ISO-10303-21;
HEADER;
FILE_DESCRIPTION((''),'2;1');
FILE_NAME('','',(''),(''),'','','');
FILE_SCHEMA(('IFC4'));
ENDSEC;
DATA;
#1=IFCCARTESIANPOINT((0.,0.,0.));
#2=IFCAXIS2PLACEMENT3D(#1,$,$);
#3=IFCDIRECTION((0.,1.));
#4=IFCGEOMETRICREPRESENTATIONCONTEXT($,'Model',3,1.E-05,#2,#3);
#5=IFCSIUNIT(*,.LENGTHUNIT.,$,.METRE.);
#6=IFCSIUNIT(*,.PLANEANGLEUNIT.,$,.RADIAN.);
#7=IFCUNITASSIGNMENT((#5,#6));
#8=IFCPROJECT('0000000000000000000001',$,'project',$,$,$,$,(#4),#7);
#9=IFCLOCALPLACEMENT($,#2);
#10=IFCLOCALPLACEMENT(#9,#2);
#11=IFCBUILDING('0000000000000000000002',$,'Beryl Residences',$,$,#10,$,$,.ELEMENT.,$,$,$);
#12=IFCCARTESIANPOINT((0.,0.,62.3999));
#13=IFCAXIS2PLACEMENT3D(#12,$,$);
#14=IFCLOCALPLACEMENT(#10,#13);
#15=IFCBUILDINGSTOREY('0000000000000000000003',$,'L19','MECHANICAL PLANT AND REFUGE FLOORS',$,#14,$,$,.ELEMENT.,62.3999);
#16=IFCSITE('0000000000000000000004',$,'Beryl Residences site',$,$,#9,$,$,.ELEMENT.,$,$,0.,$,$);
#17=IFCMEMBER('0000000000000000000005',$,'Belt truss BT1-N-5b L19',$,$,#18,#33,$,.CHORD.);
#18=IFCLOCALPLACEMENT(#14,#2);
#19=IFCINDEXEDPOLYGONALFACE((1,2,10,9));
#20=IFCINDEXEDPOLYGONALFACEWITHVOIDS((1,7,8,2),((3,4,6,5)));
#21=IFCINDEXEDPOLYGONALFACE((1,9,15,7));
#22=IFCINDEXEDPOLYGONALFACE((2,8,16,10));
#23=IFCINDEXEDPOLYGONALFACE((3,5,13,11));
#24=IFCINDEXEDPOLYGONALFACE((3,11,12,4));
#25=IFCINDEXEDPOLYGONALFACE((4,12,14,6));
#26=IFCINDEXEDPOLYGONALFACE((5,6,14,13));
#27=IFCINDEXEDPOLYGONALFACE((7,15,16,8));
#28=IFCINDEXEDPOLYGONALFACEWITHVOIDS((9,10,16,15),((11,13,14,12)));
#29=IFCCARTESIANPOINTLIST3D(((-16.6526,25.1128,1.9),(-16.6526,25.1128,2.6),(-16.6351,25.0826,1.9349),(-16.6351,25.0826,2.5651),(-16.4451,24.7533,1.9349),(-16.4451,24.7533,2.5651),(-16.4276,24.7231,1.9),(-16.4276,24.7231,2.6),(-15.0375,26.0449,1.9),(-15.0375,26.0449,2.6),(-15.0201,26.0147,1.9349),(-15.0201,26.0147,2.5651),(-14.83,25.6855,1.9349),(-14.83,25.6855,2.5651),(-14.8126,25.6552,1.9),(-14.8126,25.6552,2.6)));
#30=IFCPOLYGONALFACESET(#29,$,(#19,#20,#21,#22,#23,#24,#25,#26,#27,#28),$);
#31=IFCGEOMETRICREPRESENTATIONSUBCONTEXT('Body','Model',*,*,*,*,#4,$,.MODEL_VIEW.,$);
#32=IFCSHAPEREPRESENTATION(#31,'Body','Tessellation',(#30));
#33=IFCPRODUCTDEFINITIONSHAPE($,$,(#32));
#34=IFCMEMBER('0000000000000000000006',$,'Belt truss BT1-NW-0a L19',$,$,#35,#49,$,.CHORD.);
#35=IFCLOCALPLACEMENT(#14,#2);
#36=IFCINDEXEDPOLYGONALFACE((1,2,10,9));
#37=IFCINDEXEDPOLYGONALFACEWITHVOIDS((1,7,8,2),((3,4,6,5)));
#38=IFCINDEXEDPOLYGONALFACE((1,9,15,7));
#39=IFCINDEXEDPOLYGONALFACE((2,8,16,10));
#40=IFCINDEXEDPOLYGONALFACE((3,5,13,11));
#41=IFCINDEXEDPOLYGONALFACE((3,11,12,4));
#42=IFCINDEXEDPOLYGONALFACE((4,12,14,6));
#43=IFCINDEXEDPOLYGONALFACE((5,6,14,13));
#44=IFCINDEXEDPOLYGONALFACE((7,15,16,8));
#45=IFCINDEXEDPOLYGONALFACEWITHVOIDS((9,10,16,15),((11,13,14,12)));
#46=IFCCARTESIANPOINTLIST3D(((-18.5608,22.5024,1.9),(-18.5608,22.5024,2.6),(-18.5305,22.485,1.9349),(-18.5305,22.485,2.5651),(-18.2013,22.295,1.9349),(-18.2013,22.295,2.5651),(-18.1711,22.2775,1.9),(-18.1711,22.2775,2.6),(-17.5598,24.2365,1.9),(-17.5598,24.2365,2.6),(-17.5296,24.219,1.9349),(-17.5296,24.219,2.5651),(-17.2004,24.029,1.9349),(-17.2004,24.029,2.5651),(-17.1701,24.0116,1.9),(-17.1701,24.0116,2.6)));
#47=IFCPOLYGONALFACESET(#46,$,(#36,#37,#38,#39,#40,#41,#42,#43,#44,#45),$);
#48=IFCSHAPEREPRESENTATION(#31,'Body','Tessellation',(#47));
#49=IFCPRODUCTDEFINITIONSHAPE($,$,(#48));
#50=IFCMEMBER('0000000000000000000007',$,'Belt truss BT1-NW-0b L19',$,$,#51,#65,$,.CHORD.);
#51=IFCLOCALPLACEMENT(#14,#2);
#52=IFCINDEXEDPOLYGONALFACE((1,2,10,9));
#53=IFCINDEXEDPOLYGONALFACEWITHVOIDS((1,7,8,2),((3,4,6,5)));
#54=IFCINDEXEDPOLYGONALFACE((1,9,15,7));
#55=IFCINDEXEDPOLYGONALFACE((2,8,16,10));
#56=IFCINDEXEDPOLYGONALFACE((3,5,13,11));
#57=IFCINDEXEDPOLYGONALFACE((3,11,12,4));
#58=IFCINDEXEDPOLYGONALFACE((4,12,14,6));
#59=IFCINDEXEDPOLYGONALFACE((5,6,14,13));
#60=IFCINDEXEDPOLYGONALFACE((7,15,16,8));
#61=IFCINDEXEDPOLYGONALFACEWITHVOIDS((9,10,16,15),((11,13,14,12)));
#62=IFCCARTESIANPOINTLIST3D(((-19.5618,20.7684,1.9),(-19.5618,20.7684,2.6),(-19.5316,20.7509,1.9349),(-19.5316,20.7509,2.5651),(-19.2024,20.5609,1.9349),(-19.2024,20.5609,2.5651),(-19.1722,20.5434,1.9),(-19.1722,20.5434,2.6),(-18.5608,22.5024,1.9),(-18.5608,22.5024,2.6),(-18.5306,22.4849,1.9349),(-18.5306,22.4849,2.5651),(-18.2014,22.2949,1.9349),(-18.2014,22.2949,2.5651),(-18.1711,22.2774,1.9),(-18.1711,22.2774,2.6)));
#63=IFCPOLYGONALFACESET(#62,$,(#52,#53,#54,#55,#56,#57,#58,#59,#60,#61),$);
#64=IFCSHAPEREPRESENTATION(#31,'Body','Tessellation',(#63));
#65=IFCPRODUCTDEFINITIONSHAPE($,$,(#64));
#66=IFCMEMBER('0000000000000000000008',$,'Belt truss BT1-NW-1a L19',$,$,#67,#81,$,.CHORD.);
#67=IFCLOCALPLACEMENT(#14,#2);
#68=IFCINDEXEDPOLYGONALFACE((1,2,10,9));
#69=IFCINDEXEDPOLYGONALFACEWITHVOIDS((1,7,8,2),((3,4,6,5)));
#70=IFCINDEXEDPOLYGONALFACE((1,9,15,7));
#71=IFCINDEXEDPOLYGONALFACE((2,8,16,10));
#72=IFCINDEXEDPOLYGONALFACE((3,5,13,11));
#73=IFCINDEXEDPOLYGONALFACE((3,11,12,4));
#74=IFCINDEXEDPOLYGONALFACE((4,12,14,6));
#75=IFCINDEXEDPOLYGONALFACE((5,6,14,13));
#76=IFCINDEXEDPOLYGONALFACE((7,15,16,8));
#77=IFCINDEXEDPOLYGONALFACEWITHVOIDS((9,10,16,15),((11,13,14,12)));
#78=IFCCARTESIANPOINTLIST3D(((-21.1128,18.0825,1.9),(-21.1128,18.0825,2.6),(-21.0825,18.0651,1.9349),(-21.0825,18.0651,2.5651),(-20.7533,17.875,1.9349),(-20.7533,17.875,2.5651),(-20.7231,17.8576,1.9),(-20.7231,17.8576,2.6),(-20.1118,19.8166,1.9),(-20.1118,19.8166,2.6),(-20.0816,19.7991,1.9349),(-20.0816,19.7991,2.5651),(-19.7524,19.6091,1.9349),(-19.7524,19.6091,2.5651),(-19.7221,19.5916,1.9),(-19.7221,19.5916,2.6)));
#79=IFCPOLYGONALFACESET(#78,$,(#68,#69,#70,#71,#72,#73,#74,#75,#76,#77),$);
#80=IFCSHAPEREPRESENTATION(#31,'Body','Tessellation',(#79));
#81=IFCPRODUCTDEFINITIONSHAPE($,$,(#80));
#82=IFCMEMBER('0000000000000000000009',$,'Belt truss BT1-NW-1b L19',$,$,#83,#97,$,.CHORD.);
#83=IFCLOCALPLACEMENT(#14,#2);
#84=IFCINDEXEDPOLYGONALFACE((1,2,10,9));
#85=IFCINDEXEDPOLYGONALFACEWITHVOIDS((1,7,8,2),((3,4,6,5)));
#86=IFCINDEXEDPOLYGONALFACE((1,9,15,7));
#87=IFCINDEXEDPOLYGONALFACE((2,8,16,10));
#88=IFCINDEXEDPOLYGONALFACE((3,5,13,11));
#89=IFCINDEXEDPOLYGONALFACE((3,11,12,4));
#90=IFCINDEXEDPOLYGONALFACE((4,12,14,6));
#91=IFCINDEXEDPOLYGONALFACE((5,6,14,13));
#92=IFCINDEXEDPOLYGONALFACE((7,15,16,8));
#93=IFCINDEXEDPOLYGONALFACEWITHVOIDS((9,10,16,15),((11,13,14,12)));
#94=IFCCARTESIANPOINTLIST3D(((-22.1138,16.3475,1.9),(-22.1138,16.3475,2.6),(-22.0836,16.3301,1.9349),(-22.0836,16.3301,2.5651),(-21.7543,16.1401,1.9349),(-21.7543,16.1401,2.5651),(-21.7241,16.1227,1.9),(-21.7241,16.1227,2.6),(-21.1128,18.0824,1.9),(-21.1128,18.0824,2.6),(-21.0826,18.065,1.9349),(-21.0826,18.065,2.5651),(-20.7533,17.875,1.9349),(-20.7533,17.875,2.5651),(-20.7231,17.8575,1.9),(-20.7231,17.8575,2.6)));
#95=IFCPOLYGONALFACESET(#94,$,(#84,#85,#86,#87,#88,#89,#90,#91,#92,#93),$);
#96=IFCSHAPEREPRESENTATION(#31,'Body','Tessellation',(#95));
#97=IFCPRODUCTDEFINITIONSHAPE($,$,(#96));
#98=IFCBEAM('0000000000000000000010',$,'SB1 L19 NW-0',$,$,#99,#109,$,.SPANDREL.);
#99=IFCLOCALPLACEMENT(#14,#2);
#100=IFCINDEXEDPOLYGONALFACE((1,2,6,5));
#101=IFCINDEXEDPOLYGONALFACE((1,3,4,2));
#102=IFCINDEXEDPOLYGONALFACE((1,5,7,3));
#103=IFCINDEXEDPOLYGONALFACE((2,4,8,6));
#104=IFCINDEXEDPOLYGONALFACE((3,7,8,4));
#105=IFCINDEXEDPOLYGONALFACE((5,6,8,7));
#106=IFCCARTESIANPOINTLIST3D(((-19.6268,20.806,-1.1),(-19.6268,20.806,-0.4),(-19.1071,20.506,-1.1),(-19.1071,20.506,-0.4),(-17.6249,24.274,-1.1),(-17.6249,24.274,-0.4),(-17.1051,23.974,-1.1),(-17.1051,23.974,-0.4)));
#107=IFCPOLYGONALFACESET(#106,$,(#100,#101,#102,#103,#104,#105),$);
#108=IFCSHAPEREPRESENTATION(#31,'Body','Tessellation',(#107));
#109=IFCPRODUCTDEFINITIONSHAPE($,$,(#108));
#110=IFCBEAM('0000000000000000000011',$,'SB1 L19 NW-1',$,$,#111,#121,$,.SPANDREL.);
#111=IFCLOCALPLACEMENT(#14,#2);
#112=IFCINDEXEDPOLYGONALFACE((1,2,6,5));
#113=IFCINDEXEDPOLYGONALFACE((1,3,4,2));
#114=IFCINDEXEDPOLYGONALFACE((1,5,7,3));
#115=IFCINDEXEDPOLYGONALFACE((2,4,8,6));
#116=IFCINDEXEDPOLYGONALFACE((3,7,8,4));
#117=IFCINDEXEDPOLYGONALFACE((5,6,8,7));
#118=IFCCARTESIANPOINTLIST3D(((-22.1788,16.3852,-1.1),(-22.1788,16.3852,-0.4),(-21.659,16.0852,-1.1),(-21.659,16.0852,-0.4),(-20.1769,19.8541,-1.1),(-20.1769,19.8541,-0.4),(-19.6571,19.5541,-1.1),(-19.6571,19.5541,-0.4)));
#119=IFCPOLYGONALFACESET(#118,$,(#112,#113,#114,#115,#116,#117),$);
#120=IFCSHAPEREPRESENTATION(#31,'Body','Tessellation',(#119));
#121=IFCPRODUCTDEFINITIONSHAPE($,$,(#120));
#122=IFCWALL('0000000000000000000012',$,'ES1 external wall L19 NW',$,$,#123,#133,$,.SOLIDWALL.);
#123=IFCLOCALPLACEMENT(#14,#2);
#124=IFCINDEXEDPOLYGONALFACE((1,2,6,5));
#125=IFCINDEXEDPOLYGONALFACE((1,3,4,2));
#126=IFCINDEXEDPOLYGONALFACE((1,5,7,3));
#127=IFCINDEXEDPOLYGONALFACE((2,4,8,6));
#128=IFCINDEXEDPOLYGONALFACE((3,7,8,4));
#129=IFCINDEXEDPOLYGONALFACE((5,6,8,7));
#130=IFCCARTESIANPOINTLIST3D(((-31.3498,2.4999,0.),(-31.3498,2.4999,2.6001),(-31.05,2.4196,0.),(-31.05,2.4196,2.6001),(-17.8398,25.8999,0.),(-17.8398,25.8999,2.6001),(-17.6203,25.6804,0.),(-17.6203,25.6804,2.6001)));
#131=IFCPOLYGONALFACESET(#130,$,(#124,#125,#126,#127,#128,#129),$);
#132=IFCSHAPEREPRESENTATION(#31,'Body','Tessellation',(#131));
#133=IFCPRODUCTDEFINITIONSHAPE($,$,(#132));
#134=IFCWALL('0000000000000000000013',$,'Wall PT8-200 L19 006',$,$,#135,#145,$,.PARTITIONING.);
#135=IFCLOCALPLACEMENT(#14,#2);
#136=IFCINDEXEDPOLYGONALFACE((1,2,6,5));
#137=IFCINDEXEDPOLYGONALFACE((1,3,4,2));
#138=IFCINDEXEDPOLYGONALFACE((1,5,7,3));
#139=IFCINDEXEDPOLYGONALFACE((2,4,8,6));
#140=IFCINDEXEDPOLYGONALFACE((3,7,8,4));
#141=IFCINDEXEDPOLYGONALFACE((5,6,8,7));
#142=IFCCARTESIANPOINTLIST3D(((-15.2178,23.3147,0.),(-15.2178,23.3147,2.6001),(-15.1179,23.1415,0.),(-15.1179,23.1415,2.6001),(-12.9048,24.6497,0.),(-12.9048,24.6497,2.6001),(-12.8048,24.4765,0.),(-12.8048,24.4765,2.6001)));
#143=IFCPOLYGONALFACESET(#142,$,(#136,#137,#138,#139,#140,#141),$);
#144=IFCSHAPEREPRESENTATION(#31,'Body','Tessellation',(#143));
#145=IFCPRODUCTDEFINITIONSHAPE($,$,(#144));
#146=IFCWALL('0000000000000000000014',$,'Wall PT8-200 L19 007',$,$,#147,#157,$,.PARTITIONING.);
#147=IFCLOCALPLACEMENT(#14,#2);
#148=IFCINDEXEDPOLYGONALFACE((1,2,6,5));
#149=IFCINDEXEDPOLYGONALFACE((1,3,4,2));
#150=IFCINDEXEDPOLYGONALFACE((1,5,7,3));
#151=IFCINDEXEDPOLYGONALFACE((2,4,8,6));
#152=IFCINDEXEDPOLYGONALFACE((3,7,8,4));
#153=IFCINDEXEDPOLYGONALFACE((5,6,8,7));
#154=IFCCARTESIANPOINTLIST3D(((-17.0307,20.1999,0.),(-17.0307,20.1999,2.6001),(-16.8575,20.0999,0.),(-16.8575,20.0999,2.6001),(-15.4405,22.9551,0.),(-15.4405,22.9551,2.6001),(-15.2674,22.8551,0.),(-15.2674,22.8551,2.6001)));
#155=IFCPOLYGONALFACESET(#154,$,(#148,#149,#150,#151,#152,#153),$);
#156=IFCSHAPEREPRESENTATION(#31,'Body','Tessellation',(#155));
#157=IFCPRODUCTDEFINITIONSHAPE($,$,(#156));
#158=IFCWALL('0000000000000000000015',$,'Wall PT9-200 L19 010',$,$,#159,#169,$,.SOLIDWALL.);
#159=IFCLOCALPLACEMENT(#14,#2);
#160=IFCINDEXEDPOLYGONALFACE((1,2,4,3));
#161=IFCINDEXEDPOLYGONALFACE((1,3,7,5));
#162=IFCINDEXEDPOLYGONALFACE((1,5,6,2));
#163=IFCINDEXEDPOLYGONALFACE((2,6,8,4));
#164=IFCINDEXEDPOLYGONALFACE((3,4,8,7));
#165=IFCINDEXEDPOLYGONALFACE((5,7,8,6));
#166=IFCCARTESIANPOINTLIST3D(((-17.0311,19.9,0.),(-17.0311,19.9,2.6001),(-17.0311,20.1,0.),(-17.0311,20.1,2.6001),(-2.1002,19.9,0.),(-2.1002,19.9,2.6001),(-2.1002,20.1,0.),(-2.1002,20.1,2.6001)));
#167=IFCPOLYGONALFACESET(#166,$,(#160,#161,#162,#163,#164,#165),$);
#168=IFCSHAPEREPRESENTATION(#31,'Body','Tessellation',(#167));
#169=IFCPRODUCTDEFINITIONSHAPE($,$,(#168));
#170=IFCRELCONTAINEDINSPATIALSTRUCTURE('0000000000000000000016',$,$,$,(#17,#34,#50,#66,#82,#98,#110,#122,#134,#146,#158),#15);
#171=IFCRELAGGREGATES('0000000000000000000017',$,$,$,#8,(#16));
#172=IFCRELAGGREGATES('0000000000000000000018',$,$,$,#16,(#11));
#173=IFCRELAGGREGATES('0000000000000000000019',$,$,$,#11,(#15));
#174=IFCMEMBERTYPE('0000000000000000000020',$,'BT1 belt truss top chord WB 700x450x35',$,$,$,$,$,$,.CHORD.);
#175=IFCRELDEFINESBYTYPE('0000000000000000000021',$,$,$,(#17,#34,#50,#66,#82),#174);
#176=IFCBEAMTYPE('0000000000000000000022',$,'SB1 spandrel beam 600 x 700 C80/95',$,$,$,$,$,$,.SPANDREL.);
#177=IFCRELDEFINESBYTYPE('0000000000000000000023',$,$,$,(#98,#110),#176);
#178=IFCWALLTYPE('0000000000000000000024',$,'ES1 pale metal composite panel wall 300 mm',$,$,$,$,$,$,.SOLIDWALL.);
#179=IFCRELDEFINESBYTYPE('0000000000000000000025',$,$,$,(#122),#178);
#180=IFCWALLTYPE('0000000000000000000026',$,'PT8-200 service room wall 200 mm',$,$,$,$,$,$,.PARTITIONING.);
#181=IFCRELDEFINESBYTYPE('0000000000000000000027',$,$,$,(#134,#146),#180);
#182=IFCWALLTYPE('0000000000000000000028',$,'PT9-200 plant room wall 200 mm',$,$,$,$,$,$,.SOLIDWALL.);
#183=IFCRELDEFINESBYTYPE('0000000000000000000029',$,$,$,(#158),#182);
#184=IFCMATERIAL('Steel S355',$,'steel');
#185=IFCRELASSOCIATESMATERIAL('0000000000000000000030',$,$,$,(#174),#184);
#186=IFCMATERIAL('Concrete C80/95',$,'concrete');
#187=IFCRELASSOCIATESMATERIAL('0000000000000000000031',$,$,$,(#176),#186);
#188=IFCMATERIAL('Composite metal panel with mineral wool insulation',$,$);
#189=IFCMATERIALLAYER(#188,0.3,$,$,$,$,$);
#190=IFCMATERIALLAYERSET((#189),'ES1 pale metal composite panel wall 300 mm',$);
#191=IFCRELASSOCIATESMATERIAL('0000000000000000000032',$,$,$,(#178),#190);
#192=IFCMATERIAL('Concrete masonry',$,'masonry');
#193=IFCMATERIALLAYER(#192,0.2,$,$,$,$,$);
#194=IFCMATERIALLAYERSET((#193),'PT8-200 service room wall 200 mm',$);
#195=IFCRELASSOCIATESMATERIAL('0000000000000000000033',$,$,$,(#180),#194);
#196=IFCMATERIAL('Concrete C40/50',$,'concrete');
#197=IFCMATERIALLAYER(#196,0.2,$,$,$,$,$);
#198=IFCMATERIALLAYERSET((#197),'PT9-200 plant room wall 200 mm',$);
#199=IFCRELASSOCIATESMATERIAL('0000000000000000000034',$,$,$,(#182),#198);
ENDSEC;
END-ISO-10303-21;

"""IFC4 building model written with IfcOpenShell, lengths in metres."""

from ifc_helpers import new_model, si_unit, direction, frame, frame_2d, origin, origin_2d, place, context, subcontext, project, spatial, polyline, rectangle, hollow_rectangle, outline, extrude, material, layer, layer_set, material_profile, profile_set, type_object, element, save


model = new_model("IFC4")

# Units and contexts
model_context = context("Model", 3, precision=1e-05, world=origin(), true_north=direction((0.0, 1.0)))
body_context = subcontext(model_context, "Body", "Model", "MODEL_VIEW")
ifc_project = project(units=[si_unit("LENGTHUNIT", "METRE"), si_unit("PLANEANGLEUNIT", "RADIAN")], contexts=[model_context])

# Site, building, storey
site_placement = place(None, origin())
site = spatial("IfcSite", under=ifc_project, at=site_placement, Name="Beryl Residences site", CompositionType="ELEMENT", RefElevation=0.0)
building_placement = place(site_placement, origin())
building = spatial("IfcBuilding", under=site, at=building_placement, Name="Beryl Residences", CompositionType="ELEMENT")
storey_placement = place(building_placement, frame((0.0, 0.0, 62.3999)))
storey = spatial("IfcBuildingStorey", under=building, at=storey_placement, Name="L19", Description="MECHANICAL PLANT AND REFUGE FLOORS", CompositionType="ELEMENT", Elevation=62.3999)

# Members
ifc_material_1 = material(Name="Steel S355", Category="steel")
ifc_material_profile_1 = material_profile(ifc_material_1, hollow_rectangle(XDim=0.45, YDim=0.7, WallThickness=0.0349, at=origin_2d()))
ifc_profile_set_1 = profile_set([ifc_material_profile_1], Name="Steel S355")
member_type_1 = type_object("IfcMemberType", Name="BT1 belt truss top chord WB 700x450x35", PredefinedType="CHORD", material=ifc_profile_set_1)
member_1_placement = place(storey_placement, frame((-14.925, 25.8501, 2.25), z_axis=(-0.866092, -0.499885, 0.0), x_axis=(0.499885, -0.866092, 0.0)))
element("IfcMember", 1, at=member_1_placement, inside=storey, type_object=member_type_1, Name="Belt truss BT1-N-5b L19", PredefinedType="CHORD", context=body_context, shape_type="SweptSolid", body=[
    extrude(hollow_rectangle(XDim=0.45, YDim=0.7, WallThickness=0.0349, at=origin_2d()), origin(), (0.0, 0.0, 1.0), 1.8647),
])
for number, where, z_axis, x_axis, name in (
    (2, (-17.365, 24.124, 2.25), (-0.499916, -0.866074, 0.0), (0.866074, -0.499916, 0.0), "Belt truss BT1-NW-0a L19"),
    (3, (-18.366, 22.3899, 2.25), (-0.499969, -0.866043, 0.0), (0.866043, -0.499969, 0.0), "Belt truss BT1-NW-0b L19"),
    (4, (-19.917, 19.7041, 2.25), (-0.499916, -0.866074, 0.0), (0.866074, -0.499916, 0.0), "Belt truss BT1-NW-1a L19"),
):
    element("IfcMember", number, at=place(storey_placement, frame(where, z_axis=z_axis, x_axis=x_axis)), inside=storey, type_object=member_type_1, Name=name, PredefinedType="CHORD", context=body_context, shape_type="SweptSolid", body=[
        extrude(hollow_rectangle(XDim=0.45, YDim=0.7, WallThickness=0.0349, at=origin_2d()), origin(), (0.0, 0.0, 1.0), 2.0022),
    ])
member_2_placement = place(storey_placement, frame((-20.918, 17.97, 2.25), z_axis=(-0.499758, -0.866165, 0.0), x_axis=(0.866165, -0.499758, 0.0)))
element("IfcMember", 5, at=member_2_placement, inside=storey, type_object=member_type_1, Name="Belt truss BT1-NW-1b L19", PredefinedType="CHORD", context=body_context, shape_type="SweptSolid", body=[
    extrude(hollow_rectangle(XDim=0.45, YDim=0.7, WallThickness=0.0349, at=origin_2d()), origin(), (0.0, 0.0, 1.0), 2.0029),
])

# Beams
ifc_material_2 = material(Name="Concrete C80/95", Category="concrete")
ifc_material_profile_2 = material_profile(ifc_material_2, rectangle(XDim=0.6001, YDim=0.7, at=origin_2d()))
ifc_profile_set_2 = profile_set([ifc_material_profile_2], Name="Concrete C80/95")
beam_type = type_object("IfcBeamType", Name="SB1 spandrel beam 600 x 700 C80/95", PredefinedType="SPANDREL", material=ifc_profile_set_2)
beam_1_placement = place(storey_placement, frame((-17.365, 24.124, -0.75), z_axis=(-0.499942, -0.866059, 0.0), x_axis=(0.866059, -0.499942, 0.0)))
element("IfcBeam", 6, at=beam_1_placement, inside=storey, type_object=beam_type, Name="SB1 L19 NW-0", PredefinedType="SPANDREL", context=body_context, shape_type="SweptSolid", body=[
    extrude(rectangle(XDim=0.6001, YDim=0.7, at=origin_2d()), origin(), (0.0, 0.0, 1.0), 4.0044),
])
beam_2_placement = place(storey_placement, frame((-19.917, 19.7041, -0.75), z_axis=(-0.499837, -0.86612, 0.0), x_axis=(0.86612, -0.499837, 0.0)))
element("IfcBeam", 7, at=beam_2_placement, inside=storey, type_object=beam_type, Name="SB1 L19 NW-1", PredefinedType="SPANDREL", context=body_context, shape_type="SweptSolid", body=[
    extrude(rectangle(XDim=0.6001, YDim=0.7, at=origin_2d()), origin(), (0.0, 0.0, 1.0), 4.0051),
])

# Walls
ifc_material_3 = material(Name="Composite metal panel with mineral wool insulation")
ifc_layer_1 = layer(ifc_material_3, 0.3)
ifc_layer_set_1 = layer_set([ifc_layer_1], Name="ES1 pale metal composite panel wall 300 mm")
wall_type_1 = type_object("IfcWallType", Name="ES1 pale metal composite panel wall 300 mm", PredefinedType="SOLIDWALL", material=ifc_layer_set_1)
wall_1_placement = place(storey_placement, frame((-17.71, 25.825, 0.0), z_axis=(0.0, 0.0, 1.0), x_axis=(-0.500002, -0.866024, 0.0)))
element("IfcWall", 8, at=wall_1_placement, inside=storey, type_object=wall_type_1, Name="ES1 external wall L19 NW", PredefinedType="SOLIDWALL", context=body_context, shape_type="SweptSolid", body=[
    extrude(outline(polyline([(0.0, -0.1499), (27.02, -0.1499), (26.9397, 0.1499), (0.0803, 0.1499), (0.0, -0.1499)])), origin(), (0.0, 0.0, 1.0), 2.6001),
])
ifc_material_4 = material(Name="Concrete masonry", Category="masonry")
ifc_layer_2 = layer(ifc_material_4, 0.2)
ifc_layer_set_2 = layer_set([ifc_layer_2], Name="PT8-200 service room wall 200 mm")
wall_type_2 = type_object("IfcWallType", Name="PT8-200 service room wall 200 mm", PredefinedType="PARTITIONING", material=ifc_layer_set_2)
wall_2_placement = place(storey_placement, frame((-15.168, 23.228, 0.0), z_axis=(0.0, 0.0, 1.0), x_axis=(0.866097, 0.499875, 0.0)))
element("IfcWall", 9, at=wall_2_placement, inside=storey, type_object=wall_type_2, Name="Wall PT8-200 L19 006", PredefinedType="PARTITIONING", context=body_context, shape_type="SweptSolid", body=[
    extrude(rectangle(XDim=2.6707, YDim=0.2, at=frame_2d((1.3354, 0.0))), origin(), (0.0, 0.0, 1.0), 2.6001),
])
wall_3_placement = place(storey_placement, frame((-16.9441, 20.1499, 0.0), z_axis=(0.0, 0.0, 1.0), x_axis=(0.499862, 0.866105, 0.0)))
element("IfcWall", 10, at=wall_3_placement, inside=storey, type_object=wall_type_2, Name="Wall PT8-200 L19 007", PredefinedType="PARTITIONING", context=body_context, shape_type="SweptSolid", body=[
    extrude(rectangle(XDim=3.1812, YDim=0.2, at=frame_2d((1.5906, 0.0))), origin(), (0.0, 0.0, 1.0), 2.6001),
])
ifc_material_5 = material(Name="Concrete C40/50", Category="concrete")
ifc_layer_3 = layer(ifc_material_5, 0.2)
ifc_layer_set_3 = layer_set([ifc_layer_3], Name="PT9-200 plant room wall 200 mm")
wall_type_3 = type_object("IfcWallType", Name="PT9-200 plant room wall 200 mm", PredefinedType="SOLIDWALL", material=ifc_layer_set_3)
wall_4_placement = place(storey_placement, frame((-17.031, 20.0, 0.0), z_axis=(0.0, 0.0, 1.0), x_axis=(1.0, 0.0, 0.0)))
element("IfcWall", 11, at=wall_4_placement, inside=storey, type_object=wall_type_3, Name="Wall PT9-200 L19 010", PredefinedType="SOLIDWALL", context=body_context, shape_type="SweptSolid", body=[
    extrude(rectangle(XDim=14.9309, YDim=0.2, at=frame_2d((7.4653, 0.0))), origin(), (0.0, 0.0, 1.0), 2.6001),
])

save(model, "model.ifc")
